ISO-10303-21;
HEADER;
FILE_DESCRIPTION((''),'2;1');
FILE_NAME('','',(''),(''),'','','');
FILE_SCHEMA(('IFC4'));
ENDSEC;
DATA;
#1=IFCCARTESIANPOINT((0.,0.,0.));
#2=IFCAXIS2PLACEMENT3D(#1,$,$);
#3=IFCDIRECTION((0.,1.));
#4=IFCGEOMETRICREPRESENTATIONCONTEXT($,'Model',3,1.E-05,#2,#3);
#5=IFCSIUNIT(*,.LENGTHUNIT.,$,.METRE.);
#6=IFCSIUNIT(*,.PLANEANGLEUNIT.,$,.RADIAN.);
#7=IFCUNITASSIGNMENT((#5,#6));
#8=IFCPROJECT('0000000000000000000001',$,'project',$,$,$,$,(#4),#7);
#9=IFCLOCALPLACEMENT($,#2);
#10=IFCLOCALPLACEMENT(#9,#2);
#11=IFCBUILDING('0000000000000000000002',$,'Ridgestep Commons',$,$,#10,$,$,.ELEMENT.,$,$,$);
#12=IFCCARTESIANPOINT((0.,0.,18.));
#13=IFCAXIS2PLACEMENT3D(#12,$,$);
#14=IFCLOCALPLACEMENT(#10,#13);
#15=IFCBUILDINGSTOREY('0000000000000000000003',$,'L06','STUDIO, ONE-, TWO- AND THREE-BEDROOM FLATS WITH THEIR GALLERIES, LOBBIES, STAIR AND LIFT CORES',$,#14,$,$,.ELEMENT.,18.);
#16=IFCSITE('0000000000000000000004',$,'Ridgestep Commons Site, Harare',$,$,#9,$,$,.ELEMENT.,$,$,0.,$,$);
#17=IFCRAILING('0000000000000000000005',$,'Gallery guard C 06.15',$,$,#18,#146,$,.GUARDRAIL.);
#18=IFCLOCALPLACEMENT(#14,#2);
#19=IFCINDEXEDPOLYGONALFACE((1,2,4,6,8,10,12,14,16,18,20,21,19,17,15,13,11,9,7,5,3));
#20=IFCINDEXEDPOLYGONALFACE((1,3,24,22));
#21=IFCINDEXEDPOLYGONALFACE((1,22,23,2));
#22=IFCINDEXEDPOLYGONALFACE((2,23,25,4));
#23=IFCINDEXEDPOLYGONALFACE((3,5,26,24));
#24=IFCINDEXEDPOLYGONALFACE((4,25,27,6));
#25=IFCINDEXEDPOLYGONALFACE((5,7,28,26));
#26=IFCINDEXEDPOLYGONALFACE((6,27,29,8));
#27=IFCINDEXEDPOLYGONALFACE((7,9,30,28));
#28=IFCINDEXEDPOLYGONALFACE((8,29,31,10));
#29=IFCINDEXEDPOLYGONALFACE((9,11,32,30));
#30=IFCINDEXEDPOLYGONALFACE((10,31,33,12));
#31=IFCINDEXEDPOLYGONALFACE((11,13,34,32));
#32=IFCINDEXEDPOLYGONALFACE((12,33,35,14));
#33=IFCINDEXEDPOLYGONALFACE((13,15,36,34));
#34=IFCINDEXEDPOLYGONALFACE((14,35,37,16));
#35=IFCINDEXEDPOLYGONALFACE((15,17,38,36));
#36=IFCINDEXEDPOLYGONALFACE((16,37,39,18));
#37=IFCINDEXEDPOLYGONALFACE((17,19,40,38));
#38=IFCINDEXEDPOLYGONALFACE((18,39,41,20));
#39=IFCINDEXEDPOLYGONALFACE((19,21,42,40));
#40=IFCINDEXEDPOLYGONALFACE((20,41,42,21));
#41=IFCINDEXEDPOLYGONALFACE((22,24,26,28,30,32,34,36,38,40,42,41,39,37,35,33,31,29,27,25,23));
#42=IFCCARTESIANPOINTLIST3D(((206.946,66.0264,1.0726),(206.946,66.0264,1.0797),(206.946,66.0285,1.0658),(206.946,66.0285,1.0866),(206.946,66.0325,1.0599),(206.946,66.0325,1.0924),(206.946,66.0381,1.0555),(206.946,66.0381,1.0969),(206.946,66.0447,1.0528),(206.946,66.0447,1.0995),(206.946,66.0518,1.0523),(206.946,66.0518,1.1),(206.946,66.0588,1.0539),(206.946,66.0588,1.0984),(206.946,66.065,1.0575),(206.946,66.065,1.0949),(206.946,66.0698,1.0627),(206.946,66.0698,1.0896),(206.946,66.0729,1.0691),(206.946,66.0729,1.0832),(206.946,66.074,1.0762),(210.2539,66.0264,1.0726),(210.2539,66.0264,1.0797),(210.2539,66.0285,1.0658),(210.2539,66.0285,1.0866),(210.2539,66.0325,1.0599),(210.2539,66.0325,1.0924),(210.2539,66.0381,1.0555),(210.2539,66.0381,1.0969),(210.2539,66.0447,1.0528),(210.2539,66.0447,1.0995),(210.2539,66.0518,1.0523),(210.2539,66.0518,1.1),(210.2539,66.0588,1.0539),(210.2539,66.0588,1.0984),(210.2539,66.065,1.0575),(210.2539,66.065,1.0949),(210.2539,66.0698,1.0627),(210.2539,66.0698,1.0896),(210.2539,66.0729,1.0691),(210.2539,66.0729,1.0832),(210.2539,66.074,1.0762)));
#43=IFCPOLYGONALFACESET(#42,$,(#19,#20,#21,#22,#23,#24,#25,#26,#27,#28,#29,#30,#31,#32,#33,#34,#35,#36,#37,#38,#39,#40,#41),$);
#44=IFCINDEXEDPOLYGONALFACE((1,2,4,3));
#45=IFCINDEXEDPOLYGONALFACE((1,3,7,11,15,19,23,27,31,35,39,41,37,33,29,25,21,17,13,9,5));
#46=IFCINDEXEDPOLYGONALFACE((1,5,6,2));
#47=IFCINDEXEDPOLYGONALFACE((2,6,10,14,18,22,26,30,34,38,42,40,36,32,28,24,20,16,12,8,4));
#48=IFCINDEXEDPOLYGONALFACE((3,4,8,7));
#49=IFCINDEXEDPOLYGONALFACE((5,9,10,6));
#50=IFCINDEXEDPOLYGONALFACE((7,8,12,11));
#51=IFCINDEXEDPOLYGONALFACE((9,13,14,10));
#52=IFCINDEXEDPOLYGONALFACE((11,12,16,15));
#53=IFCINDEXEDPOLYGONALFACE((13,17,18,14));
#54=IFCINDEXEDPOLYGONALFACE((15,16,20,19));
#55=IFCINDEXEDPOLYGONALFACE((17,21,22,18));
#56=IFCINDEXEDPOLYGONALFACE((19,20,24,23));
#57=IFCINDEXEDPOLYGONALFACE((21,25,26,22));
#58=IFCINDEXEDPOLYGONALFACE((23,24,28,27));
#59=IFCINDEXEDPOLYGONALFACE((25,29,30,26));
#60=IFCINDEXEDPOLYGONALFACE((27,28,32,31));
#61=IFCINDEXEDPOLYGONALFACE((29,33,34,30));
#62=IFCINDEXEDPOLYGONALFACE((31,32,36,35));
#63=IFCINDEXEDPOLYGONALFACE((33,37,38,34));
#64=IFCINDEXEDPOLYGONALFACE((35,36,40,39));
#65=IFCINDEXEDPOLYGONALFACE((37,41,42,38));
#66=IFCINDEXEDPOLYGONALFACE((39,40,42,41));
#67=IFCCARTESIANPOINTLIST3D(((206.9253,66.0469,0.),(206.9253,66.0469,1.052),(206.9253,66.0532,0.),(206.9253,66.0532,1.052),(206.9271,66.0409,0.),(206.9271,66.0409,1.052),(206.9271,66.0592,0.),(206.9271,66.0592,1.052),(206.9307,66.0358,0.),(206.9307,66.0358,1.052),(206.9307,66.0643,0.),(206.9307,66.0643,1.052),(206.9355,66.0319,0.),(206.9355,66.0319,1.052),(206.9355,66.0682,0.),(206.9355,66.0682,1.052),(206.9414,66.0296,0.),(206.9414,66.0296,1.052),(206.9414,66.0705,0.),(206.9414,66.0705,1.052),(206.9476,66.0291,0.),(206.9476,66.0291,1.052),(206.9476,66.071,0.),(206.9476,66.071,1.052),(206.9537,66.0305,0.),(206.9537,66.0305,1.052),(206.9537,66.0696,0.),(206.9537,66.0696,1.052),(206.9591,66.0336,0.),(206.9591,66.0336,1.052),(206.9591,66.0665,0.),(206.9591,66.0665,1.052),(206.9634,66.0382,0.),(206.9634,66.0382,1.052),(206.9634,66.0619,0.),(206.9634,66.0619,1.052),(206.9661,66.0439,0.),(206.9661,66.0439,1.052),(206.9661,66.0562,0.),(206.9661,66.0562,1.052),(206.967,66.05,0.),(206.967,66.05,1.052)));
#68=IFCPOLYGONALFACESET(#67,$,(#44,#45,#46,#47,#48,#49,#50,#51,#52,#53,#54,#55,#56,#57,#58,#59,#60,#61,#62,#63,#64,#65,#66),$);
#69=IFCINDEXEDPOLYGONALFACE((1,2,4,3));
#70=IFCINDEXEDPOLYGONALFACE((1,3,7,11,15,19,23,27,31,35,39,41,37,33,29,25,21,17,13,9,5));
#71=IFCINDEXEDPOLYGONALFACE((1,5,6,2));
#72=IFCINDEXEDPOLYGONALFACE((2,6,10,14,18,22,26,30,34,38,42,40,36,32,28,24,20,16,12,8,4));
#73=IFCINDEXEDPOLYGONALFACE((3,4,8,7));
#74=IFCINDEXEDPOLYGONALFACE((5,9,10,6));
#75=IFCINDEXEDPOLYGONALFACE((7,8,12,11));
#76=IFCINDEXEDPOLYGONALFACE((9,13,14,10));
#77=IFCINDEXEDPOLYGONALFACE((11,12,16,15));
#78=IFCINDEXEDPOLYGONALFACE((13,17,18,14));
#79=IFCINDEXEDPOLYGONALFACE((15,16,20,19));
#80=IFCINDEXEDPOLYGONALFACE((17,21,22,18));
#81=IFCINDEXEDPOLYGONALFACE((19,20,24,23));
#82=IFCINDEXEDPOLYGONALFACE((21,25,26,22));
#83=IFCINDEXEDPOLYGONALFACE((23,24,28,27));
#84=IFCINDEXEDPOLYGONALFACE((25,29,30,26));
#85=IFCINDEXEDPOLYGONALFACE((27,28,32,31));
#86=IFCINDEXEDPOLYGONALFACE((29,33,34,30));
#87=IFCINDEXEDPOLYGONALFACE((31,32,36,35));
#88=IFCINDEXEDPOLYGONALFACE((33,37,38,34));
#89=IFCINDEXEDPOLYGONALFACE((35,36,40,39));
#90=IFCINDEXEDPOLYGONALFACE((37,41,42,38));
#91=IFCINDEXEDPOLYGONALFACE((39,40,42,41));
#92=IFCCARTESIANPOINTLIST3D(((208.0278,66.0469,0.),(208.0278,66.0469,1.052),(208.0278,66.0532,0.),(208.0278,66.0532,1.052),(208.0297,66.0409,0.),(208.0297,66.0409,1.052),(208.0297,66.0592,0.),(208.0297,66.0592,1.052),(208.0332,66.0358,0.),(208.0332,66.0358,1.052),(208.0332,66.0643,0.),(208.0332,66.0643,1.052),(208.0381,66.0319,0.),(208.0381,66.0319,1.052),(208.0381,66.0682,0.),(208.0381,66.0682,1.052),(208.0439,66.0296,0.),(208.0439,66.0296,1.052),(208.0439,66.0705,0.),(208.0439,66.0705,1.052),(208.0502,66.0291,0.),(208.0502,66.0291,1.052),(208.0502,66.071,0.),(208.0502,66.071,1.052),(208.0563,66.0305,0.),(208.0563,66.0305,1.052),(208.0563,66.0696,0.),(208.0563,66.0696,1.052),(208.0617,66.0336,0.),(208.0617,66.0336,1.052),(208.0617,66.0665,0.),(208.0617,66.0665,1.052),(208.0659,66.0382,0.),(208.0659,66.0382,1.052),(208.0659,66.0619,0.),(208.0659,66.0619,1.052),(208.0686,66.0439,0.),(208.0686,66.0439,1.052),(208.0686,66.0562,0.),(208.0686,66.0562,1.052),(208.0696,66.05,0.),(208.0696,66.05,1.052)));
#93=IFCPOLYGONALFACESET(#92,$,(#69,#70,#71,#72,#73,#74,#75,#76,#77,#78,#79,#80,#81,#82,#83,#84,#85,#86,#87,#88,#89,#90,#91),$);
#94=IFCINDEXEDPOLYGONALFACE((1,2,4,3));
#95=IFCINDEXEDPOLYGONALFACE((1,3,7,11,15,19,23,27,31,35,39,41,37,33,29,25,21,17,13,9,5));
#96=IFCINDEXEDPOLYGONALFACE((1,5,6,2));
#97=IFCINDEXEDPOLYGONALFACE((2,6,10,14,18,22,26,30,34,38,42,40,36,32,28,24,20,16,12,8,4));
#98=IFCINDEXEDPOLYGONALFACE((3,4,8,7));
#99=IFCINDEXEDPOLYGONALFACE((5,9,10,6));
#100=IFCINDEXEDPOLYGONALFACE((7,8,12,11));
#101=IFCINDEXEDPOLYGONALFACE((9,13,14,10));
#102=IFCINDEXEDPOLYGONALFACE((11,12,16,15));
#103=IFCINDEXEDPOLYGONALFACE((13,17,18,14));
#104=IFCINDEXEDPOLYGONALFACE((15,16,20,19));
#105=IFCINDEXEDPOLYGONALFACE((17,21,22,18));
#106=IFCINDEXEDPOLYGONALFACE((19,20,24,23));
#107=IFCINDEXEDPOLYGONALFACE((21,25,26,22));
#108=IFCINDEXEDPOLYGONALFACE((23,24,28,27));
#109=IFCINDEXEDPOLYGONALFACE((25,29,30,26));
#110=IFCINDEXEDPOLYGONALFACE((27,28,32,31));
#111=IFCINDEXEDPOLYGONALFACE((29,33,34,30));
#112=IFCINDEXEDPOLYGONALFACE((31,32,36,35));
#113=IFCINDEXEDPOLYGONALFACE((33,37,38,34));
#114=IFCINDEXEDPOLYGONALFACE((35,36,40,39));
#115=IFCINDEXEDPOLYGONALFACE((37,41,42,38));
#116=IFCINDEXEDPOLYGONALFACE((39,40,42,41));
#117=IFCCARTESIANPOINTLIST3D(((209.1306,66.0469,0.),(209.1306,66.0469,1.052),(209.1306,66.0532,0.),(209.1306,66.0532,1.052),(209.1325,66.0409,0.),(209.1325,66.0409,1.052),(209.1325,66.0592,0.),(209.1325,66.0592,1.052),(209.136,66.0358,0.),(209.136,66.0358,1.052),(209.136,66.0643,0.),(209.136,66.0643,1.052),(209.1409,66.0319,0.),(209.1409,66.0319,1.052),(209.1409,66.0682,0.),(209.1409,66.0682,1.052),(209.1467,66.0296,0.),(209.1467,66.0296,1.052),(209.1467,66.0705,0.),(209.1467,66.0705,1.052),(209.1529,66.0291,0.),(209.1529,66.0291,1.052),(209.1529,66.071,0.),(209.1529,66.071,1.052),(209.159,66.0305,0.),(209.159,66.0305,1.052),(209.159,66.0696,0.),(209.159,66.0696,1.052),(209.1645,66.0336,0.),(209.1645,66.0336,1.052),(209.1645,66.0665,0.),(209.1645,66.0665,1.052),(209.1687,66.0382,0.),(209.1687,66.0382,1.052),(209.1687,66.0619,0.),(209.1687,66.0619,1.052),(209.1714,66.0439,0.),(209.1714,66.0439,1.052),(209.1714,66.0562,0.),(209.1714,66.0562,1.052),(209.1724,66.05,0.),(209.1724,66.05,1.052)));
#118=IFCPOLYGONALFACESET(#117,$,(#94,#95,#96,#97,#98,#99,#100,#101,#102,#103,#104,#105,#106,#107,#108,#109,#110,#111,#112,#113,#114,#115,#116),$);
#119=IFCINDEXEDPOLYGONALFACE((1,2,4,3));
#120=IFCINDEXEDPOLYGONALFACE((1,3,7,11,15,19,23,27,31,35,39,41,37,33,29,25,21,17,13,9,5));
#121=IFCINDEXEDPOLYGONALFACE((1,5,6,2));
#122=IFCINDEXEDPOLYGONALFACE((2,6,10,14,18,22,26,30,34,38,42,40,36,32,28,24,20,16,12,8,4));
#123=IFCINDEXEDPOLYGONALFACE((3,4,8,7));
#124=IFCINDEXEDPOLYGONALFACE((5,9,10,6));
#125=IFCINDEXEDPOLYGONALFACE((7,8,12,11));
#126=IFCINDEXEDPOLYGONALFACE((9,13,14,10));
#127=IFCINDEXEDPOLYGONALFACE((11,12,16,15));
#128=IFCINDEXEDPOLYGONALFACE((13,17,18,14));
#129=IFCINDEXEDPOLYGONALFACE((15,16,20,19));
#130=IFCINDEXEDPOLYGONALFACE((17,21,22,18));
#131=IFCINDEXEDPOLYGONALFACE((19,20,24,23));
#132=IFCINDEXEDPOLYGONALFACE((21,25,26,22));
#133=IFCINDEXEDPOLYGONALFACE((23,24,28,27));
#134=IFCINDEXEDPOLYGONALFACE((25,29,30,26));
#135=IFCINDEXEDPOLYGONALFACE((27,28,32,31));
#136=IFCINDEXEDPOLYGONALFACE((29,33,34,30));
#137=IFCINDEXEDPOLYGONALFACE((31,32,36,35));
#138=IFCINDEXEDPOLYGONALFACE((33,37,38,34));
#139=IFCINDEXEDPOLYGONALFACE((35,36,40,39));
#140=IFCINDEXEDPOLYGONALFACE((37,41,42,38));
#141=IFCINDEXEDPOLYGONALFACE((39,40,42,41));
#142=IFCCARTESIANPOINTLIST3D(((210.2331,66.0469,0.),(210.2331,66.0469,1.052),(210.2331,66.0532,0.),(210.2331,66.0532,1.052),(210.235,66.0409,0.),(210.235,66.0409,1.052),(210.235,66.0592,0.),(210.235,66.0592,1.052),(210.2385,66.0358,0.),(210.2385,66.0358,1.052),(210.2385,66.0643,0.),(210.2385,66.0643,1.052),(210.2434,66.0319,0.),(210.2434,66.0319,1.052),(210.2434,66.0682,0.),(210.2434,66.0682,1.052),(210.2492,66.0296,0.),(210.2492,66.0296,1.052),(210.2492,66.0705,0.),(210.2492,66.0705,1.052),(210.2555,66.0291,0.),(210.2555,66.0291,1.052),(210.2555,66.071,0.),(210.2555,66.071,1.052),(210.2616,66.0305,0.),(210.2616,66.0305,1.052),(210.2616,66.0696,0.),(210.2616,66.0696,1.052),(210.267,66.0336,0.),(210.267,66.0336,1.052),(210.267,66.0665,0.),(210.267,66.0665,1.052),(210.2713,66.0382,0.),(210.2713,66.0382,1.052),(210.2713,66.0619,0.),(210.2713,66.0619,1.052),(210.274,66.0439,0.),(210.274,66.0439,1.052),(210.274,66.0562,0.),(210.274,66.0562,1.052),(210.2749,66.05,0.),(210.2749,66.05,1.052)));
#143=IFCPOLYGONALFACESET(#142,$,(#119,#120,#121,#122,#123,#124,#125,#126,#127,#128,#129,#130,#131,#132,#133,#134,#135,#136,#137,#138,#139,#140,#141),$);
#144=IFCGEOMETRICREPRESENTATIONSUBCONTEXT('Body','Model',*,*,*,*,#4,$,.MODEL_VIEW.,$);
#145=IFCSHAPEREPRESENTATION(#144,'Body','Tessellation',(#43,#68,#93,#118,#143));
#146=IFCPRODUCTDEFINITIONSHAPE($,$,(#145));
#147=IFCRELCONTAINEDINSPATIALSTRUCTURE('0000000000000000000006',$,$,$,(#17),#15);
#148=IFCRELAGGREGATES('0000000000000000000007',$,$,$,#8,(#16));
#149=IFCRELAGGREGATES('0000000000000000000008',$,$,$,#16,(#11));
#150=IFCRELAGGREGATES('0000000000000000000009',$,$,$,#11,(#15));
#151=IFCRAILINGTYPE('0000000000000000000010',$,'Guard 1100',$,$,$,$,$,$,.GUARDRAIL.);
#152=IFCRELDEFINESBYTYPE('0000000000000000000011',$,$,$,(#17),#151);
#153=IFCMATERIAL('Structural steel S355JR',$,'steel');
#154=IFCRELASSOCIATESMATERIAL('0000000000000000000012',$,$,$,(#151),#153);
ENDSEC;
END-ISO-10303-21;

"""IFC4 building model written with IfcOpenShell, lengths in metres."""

from ifc_helpers import new_model, si_unit, direction, frame, origin, origin_2d, place, context, subcontext, project, spatial, circle, extrude, material, type_object, element, save


model = new_model("IFC4")

# Units and contexts
model_context = context("Model", 3, precision=1e-05, world=origin(), true_north=direction((0.0, 1.0)))
body_context = subcontext(model_context, "Body", "Model", "MODEL_VIEW")
ifc_project = project(units=[si_unit("LENGTHUNIT", "METRE"), si_unit("PLANEANGLEUNIT", "RADIAN")], contexts=[model_context])

# Site, building, storey
site_placement = place(None, origin())
site = spatial("IfcSite", under=ifc_project, at=site_placement, Name="Ridgestep Commons Site, Harare", CompositionType="ELEMENT", RefElevation=0.0)
building_placement = place(site_placement, origin())
building = spatial("IfcBuilding", under=site, at=building_placement, Name="Ridgestep Commons", CompositionType="ELEMENT")
storey_placement = place(building_placement, frame((0.0, 0.0, 18.0)))
storey = spatial("IfcBuildingStorey", under=building, at=storey_placement, Name="L06", Description="STUDIO, ONE-, TWO- AND THREE-BEDROOM FLATS WITH THEIR GALLERIES, LOBBIES, STAIR AND LIFT CORES", CompositionType="ELEMENT", Elevation=18.0)

# Railing
ifc_material_1 = material(Name="Structural steel S355JR", Category="steel")
railing_type_1 = type_object("IfcRailingType", Name="Guard 1100", PredefinedType="GUARDRAIL", material=ifc_material_1)
railing_1_placement = place(storey_placement, frame((206.946, 66.05, 0.0)))
element("IfcRailing", 1, at=railing_1_placement, inside=storey, type_object=railing_type_1, Name="Gallery guard C 06.15", PredefinedType="GUARDRAIL", context=body_context, shape_type="SweptSolid", body=[
    extrude(circle(Radius=0.0239, at=origin_2d()), frame((0.0, 0.0, 1.0762), z_axis=(1.0, 0.0, 0.0), x_axis=(0.0, 1.0, 0.0)), (0.0, 0.0, 1.0), 3.3079),
    extrude(circle(Radius=0.021, at=origin_2d()), origin(), (0.0, 0.0, 1.0), 1.052),
    extrude(circle(Radius=0.021, at=origin_2d()), frame((1.1025, 0.0, 0.0)), (0.0, 0.0, 1.0), 1.052),
    extrude(circle(Radius=0.021, at=origin_2d()), frame((2.2053, 0.0, 0.0)), (0.0, 0.0, 1.0), 1.052),
    extrude(circle(Radius=0.021, at=origin_2d()), frame((3.3079, 0.0, 0.0)), (0.0, 0.0, 1.0), 1.052),
])

save(model, "model.ifc")
